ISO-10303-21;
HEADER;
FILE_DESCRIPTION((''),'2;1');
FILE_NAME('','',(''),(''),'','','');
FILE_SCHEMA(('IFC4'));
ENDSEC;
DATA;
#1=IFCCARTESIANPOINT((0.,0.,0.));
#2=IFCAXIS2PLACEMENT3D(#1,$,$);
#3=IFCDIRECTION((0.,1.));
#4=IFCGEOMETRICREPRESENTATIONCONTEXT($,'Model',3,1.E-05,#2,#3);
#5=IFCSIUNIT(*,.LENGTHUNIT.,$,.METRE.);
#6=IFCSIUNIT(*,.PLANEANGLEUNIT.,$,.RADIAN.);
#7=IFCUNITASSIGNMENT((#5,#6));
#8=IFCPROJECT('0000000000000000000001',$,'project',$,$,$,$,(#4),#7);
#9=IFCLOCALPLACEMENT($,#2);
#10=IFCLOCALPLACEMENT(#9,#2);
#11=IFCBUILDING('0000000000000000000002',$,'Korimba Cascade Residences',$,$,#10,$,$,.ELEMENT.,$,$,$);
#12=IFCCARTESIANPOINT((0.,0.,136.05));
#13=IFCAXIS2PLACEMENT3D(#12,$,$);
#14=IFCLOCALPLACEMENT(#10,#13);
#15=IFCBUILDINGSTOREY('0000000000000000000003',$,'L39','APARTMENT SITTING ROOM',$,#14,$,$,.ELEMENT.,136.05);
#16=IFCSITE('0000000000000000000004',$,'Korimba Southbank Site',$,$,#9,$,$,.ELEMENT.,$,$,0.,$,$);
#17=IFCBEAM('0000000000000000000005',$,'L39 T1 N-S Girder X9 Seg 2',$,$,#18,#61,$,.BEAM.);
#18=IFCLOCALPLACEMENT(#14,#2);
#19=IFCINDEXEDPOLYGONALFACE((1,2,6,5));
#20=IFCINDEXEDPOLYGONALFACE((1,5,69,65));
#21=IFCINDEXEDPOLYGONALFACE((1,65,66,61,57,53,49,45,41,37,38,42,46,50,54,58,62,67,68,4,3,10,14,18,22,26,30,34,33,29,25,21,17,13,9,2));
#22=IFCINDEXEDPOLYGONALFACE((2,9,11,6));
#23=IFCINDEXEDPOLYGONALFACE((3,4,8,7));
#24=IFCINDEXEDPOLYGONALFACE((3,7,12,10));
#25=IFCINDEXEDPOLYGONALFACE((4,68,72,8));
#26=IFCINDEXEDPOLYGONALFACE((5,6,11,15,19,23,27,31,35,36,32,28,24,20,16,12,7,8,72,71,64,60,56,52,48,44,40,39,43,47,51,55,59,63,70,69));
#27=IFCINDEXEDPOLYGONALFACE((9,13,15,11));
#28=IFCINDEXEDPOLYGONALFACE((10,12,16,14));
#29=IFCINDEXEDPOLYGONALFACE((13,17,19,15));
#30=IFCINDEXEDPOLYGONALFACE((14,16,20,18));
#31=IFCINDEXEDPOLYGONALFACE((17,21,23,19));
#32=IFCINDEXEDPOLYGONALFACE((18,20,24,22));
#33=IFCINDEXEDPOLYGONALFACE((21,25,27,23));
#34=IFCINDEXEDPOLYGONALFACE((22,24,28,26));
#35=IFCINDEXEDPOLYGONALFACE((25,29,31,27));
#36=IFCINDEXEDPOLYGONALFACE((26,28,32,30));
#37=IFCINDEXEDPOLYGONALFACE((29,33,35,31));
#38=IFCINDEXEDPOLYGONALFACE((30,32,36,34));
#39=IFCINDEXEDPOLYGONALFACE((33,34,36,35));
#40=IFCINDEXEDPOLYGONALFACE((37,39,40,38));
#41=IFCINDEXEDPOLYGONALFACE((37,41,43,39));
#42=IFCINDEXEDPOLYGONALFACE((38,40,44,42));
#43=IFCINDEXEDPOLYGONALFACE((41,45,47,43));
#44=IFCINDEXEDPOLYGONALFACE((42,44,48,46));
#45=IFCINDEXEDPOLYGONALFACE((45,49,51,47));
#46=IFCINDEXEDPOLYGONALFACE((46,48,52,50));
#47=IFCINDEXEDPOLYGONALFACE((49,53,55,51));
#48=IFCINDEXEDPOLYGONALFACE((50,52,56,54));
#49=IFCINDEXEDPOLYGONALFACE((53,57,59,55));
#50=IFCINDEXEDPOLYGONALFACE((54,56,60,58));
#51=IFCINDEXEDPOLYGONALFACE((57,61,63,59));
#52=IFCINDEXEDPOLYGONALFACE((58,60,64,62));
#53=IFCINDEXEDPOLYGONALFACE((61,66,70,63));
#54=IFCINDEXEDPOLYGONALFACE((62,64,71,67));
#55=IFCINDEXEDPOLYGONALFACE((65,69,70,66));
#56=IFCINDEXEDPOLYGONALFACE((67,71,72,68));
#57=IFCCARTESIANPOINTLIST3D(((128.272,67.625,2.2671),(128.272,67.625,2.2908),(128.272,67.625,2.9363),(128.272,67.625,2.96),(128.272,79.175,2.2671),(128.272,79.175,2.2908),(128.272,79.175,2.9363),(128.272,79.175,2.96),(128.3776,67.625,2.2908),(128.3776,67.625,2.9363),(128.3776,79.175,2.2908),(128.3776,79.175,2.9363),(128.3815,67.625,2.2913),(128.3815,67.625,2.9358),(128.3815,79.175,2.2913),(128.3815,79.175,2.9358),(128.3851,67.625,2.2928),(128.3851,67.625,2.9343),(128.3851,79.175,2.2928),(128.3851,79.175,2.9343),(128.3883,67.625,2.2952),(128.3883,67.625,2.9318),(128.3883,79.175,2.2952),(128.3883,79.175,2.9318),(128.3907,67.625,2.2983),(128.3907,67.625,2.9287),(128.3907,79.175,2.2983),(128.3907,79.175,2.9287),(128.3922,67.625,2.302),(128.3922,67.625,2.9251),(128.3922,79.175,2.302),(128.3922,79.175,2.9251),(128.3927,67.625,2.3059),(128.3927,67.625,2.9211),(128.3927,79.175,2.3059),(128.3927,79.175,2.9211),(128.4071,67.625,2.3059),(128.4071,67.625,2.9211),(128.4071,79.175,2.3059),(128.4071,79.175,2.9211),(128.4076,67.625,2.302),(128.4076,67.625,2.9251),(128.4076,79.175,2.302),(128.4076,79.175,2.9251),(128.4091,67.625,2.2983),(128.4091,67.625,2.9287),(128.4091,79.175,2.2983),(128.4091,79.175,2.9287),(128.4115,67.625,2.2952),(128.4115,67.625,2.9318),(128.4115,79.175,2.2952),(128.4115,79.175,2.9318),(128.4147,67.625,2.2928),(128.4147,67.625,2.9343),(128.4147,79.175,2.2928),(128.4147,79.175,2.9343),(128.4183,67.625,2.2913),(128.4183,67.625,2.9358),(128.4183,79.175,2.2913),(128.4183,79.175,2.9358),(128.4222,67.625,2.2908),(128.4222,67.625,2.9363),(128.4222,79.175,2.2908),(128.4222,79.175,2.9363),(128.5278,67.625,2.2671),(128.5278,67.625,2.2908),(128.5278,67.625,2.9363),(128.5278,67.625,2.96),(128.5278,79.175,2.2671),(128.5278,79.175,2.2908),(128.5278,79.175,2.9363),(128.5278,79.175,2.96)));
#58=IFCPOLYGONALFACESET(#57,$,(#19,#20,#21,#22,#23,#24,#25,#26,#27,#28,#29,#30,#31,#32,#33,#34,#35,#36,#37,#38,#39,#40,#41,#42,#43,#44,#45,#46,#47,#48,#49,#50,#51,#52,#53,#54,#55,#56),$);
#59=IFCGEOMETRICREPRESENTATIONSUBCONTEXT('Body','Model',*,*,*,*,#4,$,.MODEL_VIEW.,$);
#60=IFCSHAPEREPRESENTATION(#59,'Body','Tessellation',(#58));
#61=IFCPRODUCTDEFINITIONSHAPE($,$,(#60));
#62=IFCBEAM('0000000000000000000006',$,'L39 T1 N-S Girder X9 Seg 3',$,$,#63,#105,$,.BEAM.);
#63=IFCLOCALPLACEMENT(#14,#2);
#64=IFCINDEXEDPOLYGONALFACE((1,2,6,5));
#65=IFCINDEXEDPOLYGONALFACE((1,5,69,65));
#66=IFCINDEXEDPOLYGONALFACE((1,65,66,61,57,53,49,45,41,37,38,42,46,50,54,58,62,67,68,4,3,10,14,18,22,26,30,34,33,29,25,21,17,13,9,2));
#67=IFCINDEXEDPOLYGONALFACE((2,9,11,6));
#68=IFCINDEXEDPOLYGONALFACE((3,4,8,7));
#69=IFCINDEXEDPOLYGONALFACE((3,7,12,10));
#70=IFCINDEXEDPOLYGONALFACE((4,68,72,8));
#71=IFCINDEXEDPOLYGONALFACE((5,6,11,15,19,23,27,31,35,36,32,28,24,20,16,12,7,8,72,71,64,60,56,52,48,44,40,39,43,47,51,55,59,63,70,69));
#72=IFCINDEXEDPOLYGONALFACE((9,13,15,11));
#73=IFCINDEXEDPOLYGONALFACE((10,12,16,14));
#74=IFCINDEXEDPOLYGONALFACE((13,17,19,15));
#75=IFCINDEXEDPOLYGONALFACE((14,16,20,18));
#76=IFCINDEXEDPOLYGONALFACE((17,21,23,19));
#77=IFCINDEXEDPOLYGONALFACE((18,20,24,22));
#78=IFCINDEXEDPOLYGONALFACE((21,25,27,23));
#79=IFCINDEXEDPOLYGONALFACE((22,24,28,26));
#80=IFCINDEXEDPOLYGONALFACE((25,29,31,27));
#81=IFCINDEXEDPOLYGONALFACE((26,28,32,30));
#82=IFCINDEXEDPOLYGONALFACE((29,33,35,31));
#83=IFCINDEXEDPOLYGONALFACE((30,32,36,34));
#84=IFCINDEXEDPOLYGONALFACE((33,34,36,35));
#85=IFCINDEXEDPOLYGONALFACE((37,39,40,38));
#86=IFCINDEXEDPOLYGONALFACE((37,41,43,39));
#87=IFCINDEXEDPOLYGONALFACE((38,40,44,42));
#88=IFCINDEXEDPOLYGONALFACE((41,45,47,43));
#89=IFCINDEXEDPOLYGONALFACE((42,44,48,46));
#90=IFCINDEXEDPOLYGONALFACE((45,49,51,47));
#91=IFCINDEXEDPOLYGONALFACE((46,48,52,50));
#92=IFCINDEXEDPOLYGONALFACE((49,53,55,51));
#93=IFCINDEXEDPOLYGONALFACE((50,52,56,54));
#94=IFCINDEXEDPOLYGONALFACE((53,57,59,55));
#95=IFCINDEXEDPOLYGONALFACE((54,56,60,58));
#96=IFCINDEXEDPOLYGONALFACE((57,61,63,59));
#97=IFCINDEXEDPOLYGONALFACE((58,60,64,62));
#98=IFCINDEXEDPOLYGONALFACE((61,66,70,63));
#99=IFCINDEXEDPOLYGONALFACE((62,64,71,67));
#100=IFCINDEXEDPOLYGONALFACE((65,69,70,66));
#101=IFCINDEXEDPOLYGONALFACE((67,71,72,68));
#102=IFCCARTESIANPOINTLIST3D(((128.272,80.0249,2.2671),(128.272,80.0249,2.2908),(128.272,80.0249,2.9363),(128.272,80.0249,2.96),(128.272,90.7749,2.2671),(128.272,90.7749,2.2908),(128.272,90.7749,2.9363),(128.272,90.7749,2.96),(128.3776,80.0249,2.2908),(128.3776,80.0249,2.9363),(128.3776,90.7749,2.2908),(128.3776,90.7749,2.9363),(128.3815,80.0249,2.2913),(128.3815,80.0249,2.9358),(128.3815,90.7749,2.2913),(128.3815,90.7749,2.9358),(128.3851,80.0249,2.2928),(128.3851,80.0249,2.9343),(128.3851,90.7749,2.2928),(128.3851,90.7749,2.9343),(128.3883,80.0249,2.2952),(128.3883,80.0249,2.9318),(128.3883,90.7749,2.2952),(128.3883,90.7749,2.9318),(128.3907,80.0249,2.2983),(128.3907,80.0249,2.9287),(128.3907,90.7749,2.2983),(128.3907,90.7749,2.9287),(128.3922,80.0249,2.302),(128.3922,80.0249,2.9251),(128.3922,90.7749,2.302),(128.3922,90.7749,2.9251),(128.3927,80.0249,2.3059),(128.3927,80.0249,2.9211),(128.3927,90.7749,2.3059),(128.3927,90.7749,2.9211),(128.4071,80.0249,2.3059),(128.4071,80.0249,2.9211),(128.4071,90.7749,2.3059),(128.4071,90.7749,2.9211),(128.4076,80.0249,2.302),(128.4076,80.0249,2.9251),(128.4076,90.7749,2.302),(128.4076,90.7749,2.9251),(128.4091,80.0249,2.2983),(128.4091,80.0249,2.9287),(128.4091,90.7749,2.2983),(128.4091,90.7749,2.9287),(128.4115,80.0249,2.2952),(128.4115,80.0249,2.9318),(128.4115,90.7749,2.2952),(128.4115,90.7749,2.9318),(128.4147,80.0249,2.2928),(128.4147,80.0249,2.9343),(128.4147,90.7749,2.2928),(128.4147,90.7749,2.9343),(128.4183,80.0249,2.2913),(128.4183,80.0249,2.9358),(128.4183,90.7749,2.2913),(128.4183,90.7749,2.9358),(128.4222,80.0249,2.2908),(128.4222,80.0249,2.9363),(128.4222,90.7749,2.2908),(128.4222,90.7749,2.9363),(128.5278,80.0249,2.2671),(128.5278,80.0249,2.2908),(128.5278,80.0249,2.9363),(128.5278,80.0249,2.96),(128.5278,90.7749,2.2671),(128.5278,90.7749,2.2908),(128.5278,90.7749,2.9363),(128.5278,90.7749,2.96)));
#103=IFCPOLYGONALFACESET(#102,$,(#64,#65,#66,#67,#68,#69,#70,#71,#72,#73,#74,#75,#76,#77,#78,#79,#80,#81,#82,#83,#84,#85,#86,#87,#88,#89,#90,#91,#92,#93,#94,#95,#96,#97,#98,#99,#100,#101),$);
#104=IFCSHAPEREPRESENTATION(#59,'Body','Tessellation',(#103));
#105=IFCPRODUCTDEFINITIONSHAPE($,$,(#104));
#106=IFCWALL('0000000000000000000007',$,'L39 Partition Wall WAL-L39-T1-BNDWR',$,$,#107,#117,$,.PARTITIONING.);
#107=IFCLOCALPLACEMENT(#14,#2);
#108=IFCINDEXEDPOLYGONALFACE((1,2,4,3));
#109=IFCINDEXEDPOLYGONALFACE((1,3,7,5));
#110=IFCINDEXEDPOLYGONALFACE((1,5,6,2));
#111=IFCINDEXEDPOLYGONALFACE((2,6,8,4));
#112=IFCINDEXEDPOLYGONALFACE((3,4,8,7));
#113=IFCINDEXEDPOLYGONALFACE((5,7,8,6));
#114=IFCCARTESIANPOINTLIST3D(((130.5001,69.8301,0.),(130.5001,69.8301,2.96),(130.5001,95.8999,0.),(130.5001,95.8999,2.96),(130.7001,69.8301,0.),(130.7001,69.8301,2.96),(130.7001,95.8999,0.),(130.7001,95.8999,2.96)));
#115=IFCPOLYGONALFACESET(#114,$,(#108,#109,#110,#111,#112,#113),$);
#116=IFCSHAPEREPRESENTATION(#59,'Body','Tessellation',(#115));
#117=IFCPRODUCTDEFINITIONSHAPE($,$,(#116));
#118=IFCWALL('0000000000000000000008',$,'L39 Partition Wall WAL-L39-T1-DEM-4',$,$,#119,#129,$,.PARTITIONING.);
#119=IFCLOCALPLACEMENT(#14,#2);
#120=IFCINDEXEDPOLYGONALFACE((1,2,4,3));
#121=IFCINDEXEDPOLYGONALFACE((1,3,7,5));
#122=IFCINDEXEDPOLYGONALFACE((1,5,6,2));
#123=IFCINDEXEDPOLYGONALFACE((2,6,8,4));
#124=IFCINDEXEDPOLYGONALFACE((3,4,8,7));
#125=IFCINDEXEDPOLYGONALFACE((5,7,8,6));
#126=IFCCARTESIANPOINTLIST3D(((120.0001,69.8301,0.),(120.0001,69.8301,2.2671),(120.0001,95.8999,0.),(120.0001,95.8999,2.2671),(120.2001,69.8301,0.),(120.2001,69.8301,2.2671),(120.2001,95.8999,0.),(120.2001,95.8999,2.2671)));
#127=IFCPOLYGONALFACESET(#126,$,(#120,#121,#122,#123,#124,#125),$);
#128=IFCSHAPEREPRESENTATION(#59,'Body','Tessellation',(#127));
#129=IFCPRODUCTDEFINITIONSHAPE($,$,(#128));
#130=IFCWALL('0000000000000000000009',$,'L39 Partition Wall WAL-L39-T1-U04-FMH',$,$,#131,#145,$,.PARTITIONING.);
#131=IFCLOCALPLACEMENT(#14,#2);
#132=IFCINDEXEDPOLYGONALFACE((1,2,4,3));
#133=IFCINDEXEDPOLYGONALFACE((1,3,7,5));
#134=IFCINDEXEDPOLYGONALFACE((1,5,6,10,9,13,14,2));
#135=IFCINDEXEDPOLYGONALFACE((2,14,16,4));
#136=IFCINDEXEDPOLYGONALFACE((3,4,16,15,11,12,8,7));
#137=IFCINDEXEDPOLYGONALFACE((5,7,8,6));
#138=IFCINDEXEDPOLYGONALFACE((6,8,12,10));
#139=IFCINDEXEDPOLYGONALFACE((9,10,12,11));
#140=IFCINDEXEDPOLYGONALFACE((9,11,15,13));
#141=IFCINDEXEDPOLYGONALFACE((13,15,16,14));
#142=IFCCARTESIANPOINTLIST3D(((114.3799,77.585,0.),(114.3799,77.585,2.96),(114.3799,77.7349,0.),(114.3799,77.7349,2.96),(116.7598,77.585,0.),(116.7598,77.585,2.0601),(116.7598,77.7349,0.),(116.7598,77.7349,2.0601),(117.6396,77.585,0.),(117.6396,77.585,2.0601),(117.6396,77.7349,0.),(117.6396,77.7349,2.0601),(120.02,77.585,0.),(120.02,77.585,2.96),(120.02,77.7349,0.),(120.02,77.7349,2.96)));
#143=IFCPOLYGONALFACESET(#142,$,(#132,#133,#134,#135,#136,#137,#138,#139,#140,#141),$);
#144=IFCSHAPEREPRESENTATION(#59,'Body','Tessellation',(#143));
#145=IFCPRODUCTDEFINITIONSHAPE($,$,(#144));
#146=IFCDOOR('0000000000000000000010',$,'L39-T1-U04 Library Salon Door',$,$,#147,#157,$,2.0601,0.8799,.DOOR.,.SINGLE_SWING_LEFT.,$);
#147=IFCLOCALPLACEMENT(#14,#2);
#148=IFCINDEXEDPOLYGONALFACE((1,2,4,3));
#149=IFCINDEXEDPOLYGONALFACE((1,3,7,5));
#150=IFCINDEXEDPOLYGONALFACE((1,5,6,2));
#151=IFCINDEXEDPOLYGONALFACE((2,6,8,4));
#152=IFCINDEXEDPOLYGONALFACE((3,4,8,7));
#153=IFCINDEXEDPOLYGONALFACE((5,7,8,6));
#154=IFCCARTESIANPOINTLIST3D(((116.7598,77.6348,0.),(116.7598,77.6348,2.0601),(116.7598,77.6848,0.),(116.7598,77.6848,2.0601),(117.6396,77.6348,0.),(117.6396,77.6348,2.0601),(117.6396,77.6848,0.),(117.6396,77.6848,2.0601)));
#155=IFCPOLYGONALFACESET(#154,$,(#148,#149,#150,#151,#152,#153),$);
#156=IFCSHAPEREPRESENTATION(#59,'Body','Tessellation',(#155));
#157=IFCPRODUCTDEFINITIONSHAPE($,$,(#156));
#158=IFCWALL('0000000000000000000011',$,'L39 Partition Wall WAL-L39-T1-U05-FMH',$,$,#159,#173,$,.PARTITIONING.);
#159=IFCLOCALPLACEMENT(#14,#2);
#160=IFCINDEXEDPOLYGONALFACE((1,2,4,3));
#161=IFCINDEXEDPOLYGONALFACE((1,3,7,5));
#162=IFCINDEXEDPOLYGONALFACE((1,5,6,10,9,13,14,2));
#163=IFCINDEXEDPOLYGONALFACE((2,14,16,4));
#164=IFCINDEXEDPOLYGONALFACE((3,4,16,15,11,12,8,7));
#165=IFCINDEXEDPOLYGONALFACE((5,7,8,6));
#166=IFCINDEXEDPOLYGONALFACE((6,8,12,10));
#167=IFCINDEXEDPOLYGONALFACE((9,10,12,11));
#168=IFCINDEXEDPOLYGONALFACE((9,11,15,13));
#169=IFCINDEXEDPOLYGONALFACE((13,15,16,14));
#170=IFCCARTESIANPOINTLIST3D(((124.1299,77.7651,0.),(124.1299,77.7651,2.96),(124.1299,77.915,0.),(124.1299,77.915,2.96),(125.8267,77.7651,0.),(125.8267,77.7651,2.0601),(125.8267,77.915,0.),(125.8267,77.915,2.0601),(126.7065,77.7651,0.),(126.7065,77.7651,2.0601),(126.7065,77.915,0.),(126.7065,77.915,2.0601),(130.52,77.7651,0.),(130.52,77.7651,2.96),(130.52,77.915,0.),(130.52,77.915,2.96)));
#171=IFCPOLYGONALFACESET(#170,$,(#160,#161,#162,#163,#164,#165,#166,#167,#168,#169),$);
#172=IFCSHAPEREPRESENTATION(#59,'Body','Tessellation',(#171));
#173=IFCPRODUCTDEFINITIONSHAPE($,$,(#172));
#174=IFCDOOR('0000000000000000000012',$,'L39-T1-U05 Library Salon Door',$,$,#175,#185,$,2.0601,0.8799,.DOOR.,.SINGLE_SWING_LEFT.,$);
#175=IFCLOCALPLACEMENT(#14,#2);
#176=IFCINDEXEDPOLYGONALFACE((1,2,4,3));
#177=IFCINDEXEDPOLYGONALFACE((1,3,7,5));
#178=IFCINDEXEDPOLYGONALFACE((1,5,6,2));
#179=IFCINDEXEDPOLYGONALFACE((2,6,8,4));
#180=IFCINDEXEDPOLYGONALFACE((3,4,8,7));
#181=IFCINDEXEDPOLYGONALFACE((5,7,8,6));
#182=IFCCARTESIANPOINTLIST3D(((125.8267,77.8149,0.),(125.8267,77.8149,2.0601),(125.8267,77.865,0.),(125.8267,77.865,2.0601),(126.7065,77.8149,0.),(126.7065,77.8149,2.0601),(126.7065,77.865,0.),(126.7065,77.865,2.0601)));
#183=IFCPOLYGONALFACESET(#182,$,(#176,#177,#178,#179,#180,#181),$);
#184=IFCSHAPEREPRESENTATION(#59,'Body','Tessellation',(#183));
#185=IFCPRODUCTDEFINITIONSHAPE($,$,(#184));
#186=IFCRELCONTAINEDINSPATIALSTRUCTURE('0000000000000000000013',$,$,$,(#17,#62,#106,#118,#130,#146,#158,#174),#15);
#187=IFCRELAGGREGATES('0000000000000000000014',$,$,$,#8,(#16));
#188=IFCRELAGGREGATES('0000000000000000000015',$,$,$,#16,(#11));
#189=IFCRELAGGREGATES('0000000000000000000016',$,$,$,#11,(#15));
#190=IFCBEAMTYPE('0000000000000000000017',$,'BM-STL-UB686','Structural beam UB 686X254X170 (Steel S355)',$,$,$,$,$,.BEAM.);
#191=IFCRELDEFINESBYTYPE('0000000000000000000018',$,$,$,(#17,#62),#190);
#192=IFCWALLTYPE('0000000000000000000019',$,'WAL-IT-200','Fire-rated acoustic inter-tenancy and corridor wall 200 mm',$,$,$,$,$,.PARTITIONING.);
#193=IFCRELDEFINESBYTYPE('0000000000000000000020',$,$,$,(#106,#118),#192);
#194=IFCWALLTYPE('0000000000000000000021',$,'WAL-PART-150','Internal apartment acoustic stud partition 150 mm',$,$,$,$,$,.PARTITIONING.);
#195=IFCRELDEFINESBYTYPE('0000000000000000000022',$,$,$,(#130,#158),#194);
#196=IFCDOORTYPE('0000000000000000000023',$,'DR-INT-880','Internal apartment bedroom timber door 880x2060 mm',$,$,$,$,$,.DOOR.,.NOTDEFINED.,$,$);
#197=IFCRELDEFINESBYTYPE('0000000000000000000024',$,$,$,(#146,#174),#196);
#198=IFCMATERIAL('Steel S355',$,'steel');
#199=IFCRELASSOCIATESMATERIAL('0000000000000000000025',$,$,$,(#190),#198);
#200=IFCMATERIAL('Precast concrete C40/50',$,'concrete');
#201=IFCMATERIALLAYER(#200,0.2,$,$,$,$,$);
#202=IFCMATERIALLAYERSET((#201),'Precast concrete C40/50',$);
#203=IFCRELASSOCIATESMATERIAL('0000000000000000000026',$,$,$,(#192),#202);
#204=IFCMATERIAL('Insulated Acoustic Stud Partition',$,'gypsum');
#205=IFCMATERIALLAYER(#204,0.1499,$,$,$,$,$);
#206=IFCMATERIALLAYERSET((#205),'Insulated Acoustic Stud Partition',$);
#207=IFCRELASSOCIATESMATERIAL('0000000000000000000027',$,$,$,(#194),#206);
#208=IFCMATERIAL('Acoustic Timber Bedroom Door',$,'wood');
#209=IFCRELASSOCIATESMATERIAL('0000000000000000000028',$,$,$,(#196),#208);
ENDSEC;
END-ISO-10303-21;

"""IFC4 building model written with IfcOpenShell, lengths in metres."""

from ifc_helpers import new_model, si_unit, direction, frame, frame_2d, origin, origin_2d, place, context, subcontext, project, spatial, rectangle, i_section, extrude, material, layer, layer_set, material_profile, profile_set, type_object, element, fill, save


model = new_model("IFC4")

# Units and contexts
model_context = context("Model", 3, precision=1e-05, world=origin(), true_north=direction((0.0, 1.0)))
body_context = subcontext(model_context, "Body", "Model", "MODEL_VIEW")
ifc_project = project(units=[si_unit("LENGTHUNIT", "METRE"), si_unit("PLANEANGLEUNIT", "RADIAN")], contexts=[model_context])

# Site, building, storey
site_placement = place(None, origin())
site = spatial("IfcSite", under=ifc_project, at=site_placement, Name="Korimba Southbank Site", CompositionType="ELEMENT", RefElevation=0.0)
building_placement = place(site_placement, origin())
building = spatial("IfcBuilding", under=site, at=building_placement, Name="Korimba Cascade Residences", CompositionType="ELEMENT")
storey_placement = place(building_placement, frame((0.0, 0.0, 136.05)))
storey = spatial("IfcBuildingStorey", under=building, at=storey_placement, Name="L39", Description="APARTMENT SITTING ROOM", CompositionType="ELEMENT", Elevation=136.05)

# Beams
ifc_material_1 = material(Name="Steel S355", Category="steel")
ifc_material_profile_1 = material_profile(ifc_material_1, i_section(OverallWidth=0.2559, OverallDepth=0.6929, WebThickness=0.0144, FlangeThickness=0.0237, FilletRadius=0.0151, at=origin_2d()), Name="Steel S355")
ifc_profile_set_1 = profile_set([ifc_material_profile_1], Name="Steel S355")
beam_type_1 = type_object("IfcBeamType", Name="BM-STL-UB686", Description="Structural beam UB 686X254X170 (Steel S355)", PredefinedType="BEAM", material=ifc_profile_set_1)
beam_1_placement = place(storey_placement, frame((128.3999, 67.625, 2.6135), z_axis=(0.0, 1.0, 0.0), x_axis=(-1.0, 0.0, 0.0)))
element("IfcBeam", 1, at=beam_1_placement, inside=storey, type_object=beam_type_1, Name="L39 T1 N-S Girder X9 Seg 2", PredefinedType="BEAM", context=body_context, shape_type="SweptSolid", body=[
    extrude(i_section(OverallWidth=0.2559, OverallDepth=0.6929, WebThickness=0.0144, FlangeThickness=0.0237, FilletRadius=0.0151, at=origin_2d()), origin(), (0.0, 0.0, 1.0), 11.55),
])
beam_2_placement = place(storey_placement, frame((128.3999, 80.0249, 2.6135), z_axis=(0.0, 1.0, 0.0), x_axis=(-1.0, 0.0, 0.0)))
element("IfcBeam", 2, at=beam_2_placement, inside=storey, type_object=beam_type_1, Name="L39 T1 N-S Girder X9 Seg 3", PredefinedType="BEAM", context=body_context, shape_type="SweptSolid", body=[
    extrude(i_section(OverallWidth=0.2559, OverallDepth=0.6929, WebThickness=0.0144, FlangeThickness=0.0237, FilletRadius=0.0151, at=origin_2d()), origin(), (0.0, 0.0, 1.0), 10.75),
])

# Walls
ifc_material_2 = material(Name="Precast concrete C40/50", Category="concrete")
ifc_layer_1 = layer(ifc_material_2, 0.2)
ifc_layer_set_1 = layer_set([ifc_layer_1], Name="Precast concrete C40/50")
wall_type_1 = type_object("IfcWallType", Name="WAL-IT-200", Description="Fire-rated acoustic inter-tenancy and corridor wall 200 mm", PredefinedType="PARTITIONING", material=ifc_layer_set_1)
wall_1_placement = place(storey_placement, frame((130.6001, 69.8301, 0.0), z_axis=(0.0, 0.0, 1.0), x_axis=(0.0, 1.0, 0.0)))
element("IfcWall", 3, at=wall_1_placement, inside=storey, type_object=wall_type_1, Name="L39 Partition Wall WAL-L39-T1-BNDWR", PredefinedType="PARTITIONING", context=body_context, shape_type="SweptSolid", body=[
    extrude(rectangle(XDim=26.0698, YDim=0.2, at=frame_2d((13.0349, 0.0))), origin(), (0.0, 0.0, 1.0), 2.96),
])
wall_2_placement = place(storey_placement, frame((120.1001, 69.8301, 0.0), z_axis=(0.0, 0.0, 1.0), x_axis=(0.0, 1.0, 0.0)))
element("IfcWall", 4, at=wall_2_placement, inside=storey, type_object=wall_type_1, Name="L39 Partition Wall WAL-L39-T1-DEM-4", PredefinedType="PARTITIONING", context=body_context, shape_type="SweptSolid", body=[
    extrude(rectangle(XDim=26.0698, YDim=0.2, at=frame_2d((13.0349, 0.0))), origin(), (0.0, 0.0, 1.0), 2.2671),
])

# Walls, openings, doors
ifc_material_3 = material(Name="Insulated Acoustic Stud Partition", Category="gypsum")
ifc_layer_2 = layer(ifc_material_3, 0.1499)
ifc_layer_set_2 = layer_set([ifc_layer_2], Name="Insulated Acoustic Stud Partition")
wall_type_2 = type_object("IfcWallType", Name="WAL-PART-150", Description="Internal apartment acoustic stud partition 150 mm", PredefinedType="PARTITIONING", material=ifc_layer_set_2)
wall_3_placement = place(storey_placement, frame((114.3799, 77.6599, 0.0), z_axis=(0.0, 0.0, 1.0), x_axis=(1.0, 0.0, 0.0)))
wall_3 = element("IfcWall", 5, at=wall_3_placement, inside=storey, type_object=wall_type_2, Name="L39 Partition Wall WAL-L39-T1-U04-FMH", PredefinedType="PARTITIONING", context=body_context, shape_type="SweptSolid", body=[
    extrude(rectangle(XDim=5.6401, YDim=0.1499, at=frame_2d((2.8201, 0.0))), origin(), (0.0, 0.0, 1.0), 2.96),
])
opening_1_placement = place(wall_3_placement, frame((2.3799, 0.0, 0.0)))
opening_1 = element("IfcOpeningElement", 6, at=opening_1_placement, cuts=wall_3, PredefinedType="OPENING", context=body_context, shape_type="SweptSolid", body=[
    extrude(rectangle(XDim=0.8799, YDim=2.0601, at=frame_2d((0.4399, 1.03))), frame((0.0, 0.085, 0.0), z_axis=(0.0, -1.0, 0.0), x_axis=(1.0, 0.0, 0.0)), (0.0, 0.0, 1.0), 0.1699),
])
ifc_material_4 = material(Name="Acoustic Timber Bedroom Door", Category="wood")
door_type_1 = type_object("IfcDoorType", Name="DR-INT-880", Description="Internal apartment bedroom timber door 880x2060 mm", OperationType="NOTDEFINED", PredefinedType="DOOR", material=ifc_material_4)
door_1_placement = place(opening_1_placement, origin())
door_1 = element("IfcDoor", 7, at=door_1_placement, inside=storey, type_object=door_type_1, Name="L39-T1-U04 Library Salon Door", OperationType="SINGLE_SWING_LEFT", OverallHeight=2.0601, OverallWidth=0.8799, PredefinedType="DOOR", context=body_context, shape_type="SweptSolid", body=[
    extrude(rectangle(XDim=0.8799, YDim=2.0601, at=frame_2d((0.4399, 1.03))), frame((0.0, 0.0249, 0.0), z_axis=(0.0, -1.0, 0.0), x_axis=(1.0, 0.0, 0.0)), (0.0, 0.0, 1.0), 0.05),
])
fill(opening_1, door_1)
wall_4_placement = place(storey_placement, frame((124.1299, 77.8401, 0.0), z_axis=(0.0, 0.0, 1.0), x_axis=(1.0, 0.0, 0.0)))
wall_4 = element("IfcWall", 8, at=wall_4_placement, inside=storey, type_object=wall_type_2, Name="L39 Partition Wall WAL-L39-T1-U05-FMH", PredefinedType="PARTITIONING", context=body_context, shape_type="SweptSolid", body=[
    extrude(rectangle(XDim=6.3901, YDim=0.1499, at=frame_2d((3.1951, 0.0))), origin(), (0.0, 0.0, 1.0), 2.96),
])
opening_2_placement = place(wall_4_placement, frame((1.6968, 0.0, 0.0)))
opening_2 = element("IfcOpeningElement", 9, at=opening_2_placement, cuts=wall_4, PredefinedType="OPENING", context=body_context, shape_type="SweptSolid", body=[
    extrude(rectangle(XDim=0.8799, YDim=2.0601, at=frame_2d((0.4399, 1.03))), frame((0.0, 0.085, 0.0), z_axis=(0.0, -1.0, 0.0), x_axis=(1.0, 0.0, 0.0)), (0.0, 0.0, 1.0), 0.1699),
])
door_2_placement = place(opening_2_placement, origin())
door_2 = element("IfcDoor", 10, at=door_2_placement, inside=storey, type_object=door_type_1, Name="L39-T1-U05 Library Salon Door", OperationType="SINGLE_SWING_LEFT", OverallHeight=2.0601, OverallWidth=0.8799, PredefinedType="DOOR", context=body_context, shape_type="SweptSolid", body=[
    extrude(rectangle(XDim=0.8799, YDim=2.0601, at=frame_2d((0.4399, 1.03))), frame((0.0, 0.0249, 0.0), z_axis=(0.0, -1.0, 0.0), x_axis=(1.0, 0.0, 0.0)), (0.0, 0.0, 1.0), 0.05),
])
fill(opening_2, door_2)

save(model, "model.ifc")
